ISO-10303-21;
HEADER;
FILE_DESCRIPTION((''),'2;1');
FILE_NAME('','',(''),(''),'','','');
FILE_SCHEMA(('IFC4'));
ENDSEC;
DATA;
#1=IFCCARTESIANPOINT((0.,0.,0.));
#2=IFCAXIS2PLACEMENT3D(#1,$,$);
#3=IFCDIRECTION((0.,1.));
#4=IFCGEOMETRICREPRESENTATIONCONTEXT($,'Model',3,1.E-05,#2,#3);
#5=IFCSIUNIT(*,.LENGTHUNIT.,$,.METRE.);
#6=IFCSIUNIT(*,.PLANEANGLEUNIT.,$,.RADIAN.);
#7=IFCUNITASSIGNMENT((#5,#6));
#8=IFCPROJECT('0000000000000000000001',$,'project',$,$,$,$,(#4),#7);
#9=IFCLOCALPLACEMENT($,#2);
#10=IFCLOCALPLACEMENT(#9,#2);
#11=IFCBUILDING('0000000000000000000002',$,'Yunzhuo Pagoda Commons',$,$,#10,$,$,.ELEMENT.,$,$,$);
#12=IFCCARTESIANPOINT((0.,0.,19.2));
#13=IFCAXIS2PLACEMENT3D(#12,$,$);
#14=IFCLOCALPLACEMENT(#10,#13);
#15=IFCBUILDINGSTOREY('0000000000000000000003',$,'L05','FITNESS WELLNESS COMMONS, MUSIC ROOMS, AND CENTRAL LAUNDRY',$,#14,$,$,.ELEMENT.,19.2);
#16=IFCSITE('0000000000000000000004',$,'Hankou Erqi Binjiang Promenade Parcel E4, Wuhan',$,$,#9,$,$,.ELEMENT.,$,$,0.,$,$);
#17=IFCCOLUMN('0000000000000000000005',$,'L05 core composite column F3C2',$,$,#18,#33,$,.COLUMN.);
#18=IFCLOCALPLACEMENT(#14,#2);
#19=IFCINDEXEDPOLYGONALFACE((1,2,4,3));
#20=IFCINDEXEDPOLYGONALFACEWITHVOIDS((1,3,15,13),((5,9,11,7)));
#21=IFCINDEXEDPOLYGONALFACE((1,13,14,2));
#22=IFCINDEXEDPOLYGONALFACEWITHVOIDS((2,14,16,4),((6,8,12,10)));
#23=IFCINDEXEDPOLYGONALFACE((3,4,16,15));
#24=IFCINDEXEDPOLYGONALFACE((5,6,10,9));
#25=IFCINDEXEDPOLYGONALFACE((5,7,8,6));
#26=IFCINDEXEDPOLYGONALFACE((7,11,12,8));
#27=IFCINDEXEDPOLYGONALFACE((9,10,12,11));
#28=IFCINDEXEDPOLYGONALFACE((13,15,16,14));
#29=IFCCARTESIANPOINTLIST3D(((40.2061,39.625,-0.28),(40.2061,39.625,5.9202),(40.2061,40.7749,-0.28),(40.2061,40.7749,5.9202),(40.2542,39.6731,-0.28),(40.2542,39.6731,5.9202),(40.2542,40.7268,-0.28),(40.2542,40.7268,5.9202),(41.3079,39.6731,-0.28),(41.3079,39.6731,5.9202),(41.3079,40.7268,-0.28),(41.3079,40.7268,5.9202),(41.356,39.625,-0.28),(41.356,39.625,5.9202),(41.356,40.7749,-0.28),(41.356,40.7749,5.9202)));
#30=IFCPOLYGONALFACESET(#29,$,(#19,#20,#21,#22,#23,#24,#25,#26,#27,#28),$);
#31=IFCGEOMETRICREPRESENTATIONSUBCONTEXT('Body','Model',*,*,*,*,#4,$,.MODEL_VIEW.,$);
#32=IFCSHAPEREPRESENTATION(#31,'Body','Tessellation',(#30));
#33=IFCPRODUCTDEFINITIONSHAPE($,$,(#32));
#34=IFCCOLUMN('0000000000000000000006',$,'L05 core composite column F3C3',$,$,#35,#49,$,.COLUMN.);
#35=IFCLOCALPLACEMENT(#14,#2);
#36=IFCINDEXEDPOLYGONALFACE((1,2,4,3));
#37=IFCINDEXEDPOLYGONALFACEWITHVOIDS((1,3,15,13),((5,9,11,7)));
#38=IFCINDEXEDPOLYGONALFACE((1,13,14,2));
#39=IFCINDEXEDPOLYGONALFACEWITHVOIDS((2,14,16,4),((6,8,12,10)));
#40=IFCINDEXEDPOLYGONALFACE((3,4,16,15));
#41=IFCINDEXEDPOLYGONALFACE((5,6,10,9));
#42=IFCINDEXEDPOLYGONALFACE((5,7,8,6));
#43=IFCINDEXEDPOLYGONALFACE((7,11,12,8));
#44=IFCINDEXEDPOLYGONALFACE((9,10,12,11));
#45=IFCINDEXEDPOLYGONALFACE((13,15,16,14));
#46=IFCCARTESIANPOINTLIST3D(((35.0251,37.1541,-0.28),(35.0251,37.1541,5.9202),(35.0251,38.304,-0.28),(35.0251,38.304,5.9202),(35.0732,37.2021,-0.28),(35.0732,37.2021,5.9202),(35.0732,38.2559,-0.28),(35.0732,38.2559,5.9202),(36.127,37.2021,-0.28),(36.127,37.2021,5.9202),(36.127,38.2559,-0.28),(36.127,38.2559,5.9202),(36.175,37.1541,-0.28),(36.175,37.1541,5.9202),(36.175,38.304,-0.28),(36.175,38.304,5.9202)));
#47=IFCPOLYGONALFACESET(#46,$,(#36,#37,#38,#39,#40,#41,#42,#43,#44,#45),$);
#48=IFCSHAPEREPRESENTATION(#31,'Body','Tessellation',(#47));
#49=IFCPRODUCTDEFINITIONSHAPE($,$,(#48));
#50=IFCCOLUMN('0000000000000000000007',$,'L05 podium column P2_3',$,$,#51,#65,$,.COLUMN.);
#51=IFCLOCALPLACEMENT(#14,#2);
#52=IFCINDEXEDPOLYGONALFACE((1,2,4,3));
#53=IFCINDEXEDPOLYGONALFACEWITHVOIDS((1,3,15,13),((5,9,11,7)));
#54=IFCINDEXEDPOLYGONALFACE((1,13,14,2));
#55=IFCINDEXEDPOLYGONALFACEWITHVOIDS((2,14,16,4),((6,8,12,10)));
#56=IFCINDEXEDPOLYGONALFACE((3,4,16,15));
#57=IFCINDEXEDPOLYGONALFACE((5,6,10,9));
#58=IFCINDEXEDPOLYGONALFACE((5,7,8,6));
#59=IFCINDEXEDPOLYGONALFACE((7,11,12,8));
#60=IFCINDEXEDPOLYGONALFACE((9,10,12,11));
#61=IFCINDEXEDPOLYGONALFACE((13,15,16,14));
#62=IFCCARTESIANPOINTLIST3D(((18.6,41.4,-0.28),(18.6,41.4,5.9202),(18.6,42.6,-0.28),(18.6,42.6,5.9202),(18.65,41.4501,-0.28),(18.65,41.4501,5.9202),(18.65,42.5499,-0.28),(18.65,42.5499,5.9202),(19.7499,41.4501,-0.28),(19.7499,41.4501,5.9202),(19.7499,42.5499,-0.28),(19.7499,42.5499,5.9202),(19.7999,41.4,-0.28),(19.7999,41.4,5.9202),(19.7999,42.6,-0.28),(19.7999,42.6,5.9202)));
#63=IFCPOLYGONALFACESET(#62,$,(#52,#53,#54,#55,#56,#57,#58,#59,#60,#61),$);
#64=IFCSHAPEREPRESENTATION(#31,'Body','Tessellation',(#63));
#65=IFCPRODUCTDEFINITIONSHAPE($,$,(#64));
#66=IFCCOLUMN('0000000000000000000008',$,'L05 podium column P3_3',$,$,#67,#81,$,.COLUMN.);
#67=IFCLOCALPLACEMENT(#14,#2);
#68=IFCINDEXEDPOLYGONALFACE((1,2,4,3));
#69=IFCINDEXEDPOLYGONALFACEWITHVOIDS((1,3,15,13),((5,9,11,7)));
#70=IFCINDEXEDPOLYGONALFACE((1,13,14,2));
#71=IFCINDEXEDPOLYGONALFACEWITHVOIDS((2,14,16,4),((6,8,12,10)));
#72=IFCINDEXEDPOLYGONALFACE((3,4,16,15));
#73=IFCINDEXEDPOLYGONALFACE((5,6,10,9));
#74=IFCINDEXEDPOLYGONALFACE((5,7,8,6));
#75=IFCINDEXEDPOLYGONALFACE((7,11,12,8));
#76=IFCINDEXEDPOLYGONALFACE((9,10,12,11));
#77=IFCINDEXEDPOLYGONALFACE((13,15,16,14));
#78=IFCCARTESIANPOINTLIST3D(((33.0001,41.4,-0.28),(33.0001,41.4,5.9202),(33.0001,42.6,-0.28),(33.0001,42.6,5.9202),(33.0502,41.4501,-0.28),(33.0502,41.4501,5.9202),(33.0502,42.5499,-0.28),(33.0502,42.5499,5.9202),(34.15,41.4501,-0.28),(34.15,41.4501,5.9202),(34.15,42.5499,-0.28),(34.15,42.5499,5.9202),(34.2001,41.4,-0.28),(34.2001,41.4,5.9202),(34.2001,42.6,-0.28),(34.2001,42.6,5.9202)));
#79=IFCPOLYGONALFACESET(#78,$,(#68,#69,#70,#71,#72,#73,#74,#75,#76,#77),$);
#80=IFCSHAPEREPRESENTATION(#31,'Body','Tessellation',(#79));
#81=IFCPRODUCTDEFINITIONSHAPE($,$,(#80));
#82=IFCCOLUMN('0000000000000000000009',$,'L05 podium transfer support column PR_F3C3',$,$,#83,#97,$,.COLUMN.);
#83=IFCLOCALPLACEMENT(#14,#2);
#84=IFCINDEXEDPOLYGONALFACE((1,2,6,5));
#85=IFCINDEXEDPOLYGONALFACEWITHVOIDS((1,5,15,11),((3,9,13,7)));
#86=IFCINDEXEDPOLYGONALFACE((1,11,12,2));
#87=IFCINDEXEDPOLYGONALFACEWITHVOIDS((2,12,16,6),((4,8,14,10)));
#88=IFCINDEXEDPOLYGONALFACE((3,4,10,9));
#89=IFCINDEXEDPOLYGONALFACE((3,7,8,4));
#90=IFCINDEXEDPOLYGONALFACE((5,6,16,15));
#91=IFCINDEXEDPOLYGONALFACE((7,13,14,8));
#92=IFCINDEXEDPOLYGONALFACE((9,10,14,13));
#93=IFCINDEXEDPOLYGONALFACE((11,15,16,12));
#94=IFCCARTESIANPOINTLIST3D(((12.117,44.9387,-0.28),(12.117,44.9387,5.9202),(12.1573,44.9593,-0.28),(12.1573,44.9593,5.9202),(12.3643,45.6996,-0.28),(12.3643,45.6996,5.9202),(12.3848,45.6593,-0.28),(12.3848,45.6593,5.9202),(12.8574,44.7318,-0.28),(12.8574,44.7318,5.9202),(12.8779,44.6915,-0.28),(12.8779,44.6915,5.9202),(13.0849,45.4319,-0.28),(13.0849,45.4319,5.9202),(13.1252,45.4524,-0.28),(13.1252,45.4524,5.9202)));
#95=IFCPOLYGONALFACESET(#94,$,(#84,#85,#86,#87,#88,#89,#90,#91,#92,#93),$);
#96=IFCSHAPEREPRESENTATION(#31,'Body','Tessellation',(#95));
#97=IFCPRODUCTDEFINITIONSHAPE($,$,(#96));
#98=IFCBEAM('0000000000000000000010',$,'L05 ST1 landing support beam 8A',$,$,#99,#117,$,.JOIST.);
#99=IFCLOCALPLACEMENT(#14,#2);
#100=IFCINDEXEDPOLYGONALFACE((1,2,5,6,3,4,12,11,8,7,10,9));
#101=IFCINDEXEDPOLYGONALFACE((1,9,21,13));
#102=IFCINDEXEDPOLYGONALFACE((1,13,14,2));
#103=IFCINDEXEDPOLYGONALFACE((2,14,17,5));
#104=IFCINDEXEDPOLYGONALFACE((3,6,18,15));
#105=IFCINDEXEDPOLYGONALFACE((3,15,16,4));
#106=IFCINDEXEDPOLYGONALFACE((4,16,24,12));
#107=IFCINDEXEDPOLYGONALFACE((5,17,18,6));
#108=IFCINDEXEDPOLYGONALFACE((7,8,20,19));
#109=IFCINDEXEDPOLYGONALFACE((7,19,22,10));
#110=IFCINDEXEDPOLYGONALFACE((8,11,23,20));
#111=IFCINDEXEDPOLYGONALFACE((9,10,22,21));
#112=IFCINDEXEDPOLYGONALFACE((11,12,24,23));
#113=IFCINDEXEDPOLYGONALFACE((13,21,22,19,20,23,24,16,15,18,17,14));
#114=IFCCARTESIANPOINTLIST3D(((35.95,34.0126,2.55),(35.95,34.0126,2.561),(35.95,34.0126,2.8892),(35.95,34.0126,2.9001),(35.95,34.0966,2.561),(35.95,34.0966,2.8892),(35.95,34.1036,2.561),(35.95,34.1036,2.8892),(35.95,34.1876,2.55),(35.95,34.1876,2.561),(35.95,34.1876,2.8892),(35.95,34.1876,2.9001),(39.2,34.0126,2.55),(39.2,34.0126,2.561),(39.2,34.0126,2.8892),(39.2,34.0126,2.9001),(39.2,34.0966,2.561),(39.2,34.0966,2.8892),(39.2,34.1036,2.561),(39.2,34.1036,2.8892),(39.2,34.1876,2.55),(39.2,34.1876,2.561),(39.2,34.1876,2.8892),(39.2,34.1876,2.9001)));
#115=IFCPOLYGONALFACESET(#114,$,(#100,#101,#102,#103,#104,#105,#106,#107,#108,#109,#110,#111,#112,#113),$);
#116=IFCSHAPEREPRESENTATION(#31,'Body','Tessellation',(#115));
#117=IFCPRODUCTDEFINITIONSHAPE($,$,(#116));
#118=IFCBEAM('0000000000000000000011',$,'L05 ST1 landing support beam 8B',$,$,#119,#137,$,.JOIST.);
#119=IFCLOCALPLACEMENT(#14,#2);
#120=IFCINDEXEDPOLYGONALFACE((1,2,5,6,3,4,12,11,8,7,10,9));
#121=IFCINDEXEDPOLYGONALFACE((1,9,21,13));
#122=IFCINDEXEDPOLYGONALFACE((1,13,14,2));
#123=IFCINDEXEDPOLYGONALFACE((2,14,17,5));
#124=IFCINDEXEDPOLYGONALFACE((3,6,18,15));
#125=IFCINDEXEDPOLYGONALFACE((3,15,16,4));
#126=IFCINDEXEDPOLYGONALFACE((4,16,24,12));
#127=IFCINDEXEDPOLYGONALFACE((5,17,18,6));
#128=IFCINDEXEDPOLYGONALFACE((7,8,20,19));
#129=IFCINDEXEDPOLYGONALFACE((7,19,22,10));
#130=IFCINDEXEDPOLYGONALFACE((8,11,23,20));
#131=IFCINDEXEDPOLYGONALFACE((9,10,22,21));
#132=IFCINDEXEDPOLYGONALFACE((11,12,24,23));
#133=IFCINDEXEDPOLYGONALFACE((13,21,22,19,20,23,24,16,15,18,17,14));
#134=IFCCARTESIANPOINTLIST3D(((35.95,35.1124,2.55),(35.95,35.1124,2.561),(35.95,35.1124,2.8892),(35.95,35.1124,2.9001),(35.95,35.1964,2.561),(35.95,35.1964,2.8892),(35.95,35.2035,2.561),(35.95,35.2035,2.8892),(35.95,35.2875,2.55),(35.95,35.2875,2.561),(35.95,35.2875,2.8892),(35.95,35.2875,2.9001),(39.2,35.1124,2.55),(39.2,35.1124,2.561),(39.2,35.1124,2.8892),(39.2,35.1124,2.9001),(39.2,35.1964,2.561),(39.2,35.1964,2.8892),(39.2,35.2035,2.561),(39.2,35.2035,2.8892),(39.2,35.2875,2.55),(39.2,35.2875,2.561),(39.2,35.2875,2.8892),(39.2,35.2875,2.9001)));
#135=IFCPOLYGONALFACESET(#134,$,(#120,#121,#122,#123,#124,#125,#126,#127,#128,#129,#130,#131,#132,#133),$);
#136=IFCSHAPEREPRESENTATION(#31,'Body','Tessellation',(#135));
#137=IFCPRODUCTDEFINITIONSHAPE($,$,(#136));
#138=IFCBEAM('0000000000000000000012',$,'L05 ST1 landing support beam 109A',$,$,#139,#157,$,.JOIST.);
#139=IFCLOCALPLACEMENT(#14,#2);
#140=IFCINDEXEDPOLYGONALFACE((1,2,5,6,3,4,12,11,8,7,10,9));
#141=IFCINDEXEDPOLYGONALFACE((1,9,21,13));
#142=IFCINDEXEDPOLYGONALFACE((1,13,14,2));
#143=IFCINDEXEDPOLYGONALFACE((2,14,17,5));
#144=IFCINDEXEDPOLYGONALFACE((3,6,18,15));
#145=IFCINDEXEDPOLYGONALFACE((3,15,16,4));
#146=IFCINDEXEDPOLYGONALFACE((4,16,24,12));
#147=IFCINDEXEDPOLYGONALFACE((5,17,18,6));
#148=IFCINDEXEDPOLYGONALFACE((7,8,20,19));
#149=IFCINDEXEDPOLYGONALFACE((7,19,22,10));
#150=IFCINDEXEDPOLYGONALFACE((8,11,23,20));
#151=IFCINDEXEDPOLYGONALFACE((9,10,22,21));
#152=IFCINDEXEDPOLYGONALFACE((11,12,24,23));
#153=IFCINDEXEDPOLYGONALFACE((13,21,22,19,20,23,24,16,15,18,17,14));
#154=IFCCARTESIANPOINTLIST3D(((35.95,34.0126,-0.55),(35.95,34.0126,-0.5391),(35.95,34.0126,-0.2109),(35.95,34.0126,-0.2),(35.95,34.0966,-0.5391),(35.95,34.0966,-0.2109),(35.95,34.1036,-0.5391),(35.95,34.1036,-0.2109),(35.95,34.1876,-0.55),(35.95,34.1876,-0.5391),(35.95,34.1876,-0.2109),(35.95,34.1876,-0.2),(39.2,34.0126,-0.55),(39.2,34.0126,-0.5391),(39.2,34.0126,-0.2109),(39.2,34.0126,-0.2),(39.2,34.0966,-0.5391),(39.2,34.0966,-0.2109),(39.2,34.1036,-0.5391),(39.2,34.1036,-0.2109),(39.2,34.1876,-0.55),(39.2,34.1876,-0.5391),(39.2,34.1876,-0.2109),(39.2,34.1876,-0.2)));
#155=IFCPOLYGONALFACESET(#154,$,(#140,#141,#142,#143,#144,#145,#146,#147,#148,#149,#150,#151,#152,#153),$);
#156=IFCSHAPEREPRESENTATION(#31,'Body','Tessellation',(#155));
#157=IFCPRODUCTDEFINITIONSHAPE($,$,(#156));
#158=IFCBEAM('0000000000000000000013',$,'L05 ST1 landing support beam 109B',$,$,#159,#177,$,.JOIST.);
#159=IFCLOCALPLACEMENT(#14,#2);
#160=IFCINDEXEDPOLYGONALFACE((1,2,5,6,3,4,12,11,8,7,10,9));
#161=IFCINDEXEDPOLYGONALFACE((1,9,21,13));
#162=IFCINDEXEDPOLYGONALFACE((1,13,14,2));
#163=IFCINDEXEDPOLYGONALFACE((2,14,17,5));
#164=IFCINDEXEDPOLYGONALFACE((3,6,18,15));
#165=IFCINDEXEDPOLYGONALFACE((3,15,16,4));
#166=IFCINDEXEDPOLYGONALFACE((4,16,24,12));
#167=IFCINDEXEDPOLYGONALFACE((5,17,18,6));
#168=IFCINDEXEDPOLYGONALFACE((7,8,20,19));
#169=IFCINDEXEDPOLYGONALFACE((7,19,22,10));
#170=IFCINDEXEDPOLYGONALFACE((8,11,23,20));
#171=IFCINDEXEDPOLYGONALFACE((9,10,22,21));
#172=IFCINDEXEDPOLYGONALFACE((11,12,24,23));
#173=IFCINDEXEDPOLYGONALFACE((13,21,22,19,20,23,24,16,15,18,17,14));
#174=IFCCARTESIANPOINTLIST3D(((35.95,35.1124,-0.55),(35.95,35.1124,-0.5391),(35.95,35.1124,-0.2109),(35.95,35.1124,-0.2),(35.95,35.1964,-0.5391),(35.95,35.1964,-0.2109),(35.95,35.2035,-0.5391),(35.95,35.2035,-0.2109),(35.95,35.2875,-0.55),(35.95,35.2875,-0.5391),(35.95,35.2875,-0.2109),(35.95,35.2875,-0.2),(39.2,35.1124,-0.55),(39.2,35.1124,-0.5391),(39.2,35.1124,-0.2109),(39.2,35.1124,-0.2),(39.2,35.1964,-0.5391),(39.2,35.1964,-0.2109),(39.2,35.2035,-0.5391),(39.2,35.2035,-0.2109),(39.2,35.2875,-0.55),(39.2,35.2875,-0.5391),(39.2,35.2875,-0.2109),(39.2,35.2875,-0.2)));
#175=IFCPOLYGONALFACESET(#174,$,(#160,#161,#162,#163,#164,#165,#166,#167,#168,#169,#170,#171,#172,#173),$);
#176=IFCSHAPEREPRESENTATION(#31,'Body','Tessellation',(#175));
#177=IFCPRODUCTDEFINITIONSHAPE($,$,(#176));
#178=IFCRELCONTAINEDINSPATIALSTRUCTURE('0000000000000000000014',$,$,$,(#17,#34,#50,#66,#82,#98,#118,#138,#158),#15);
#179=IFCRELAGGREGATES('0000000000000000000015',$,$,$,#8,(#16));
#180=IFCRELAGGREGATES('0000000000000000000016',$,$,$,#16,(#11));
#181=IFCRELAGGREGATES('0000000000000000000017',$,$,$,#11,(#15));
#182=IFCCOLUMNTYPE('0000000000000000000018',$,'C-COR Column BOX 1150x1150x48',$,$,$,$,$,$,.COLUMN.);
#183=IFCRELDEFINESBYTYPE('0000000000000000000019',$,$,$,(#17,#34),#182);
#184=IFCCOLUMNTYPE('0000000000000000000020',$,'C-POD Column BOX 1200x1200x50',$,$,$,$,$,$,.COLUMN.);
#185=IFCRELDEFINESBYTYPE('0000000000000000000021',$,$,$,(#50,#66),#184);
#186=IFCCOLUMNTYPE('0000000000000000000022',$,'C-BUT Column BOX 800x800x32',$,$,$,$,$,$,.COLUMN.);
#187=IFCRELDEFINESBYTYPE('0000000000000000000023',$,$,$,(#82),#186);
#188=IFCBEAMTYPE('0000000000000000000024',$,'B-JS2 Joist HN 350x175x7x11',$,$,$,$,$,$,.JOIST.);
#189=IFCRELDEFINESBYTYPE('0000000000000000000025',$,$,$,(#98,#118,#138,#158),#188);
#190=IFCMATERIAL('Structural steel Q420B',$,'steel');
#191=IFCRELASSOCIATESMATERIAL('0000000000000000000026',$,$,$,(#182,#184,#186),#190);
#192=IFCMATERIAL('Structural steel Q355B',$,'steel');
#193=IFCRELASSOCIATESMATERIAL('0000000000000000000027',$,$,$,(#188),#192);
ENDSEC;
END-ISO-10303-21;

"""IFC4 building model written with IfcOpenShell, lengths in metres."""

from ifc_helpers import new_model, si_unit, direction, frame, origin, origin_2d, place, context, subcontext, project, spatial, hollow_rectangle, i_section, extrude, source, transform, mapped, material, material_profile, profile_set, type_object, element, save


model = new_model("IFC4")

# Units and contexts
model_context = context("Model", 3, precision=1e-05, world=origin(), true_north=direction((0.0, 1.0)))
body_context = subcontext(model_context, "Body", "Model", "MODEL_VIEW")
ifc_project = project(units=[si_unit("LENGTHUNIT", "METRE"), si_unit("PLANEANGLEUNIT", "RADIAN")], contexts=[model_context])

# Site, building, storey
site_placement = place(None, origin())
site = spatial("IfcSite", under=ifc_project, at=site_placement, Name="Hankou Erqi Binjiang Promenade Parcel E4, Wuhan", CompositionType="ELEMENT", RefElevation=0.0)
building_placement = place(site_placement, origin())
building = spatial("IfcBuilding", under=site, at=building_placement, Name="Yunzhuo Pagoda Commons", CompositionType="ELEMENT")
storey_placement = place(building_placement, frame((0.0, 0.0, 19.2)))
storey = spatial("IfcBuildingStorey", under=building, at=storey_placement, Name="L05", Description="FITNESS WELLNESS COMMONS, MUSIC ROOMS, AND CENTRAL LAUNDRY", CompositionType="ELEMENT", Elevation=19.2)

# Columns
ifc_material_1 = material(Name="Structural steel Q420B", Category="steel")
ifc_material_profile_1 = material_profile(ifc_material_1, hollow_rectangle(XDim=1.1499, YDim=1.1499, WallThickness=0.0481, at=origin_2d()), Name="Structural steel Q420B")
ifc_profile_set_1 = profile_set([ifc_material_profile_1], Name="Structural steel Q420B")
column_type_1 = type_object("IfcColumnType", Name="C-COR Column BOX 1150x1150x48", PredefinedType="COLUMN", material=ifc_profile_set_1)
shared_shape_1 = source(origin(), body_context, "Body", "SweptSolid", [
    extrude(hollow_rectangle(XDim=1.1499, YDim=1.1499, WallThickness=0.0481, at=origin_2d()), origin(), (0.0, 0.0, 1.0), 6.2002),
])
for number, where, z_axis, x_axis, name in (
    (1, (40.781, 40.2, -0.28), (0.0, 0.0, 1.0), (1.0, 0.0, 0.0), "L05 core composite column F3C2"),
    (2, (35.6001, 37.729, -0.28), (0.0, 0.0, 1.0), (1.0, 0.0, 0.0), "L05 core composite column F3C3"),
):
    element("IfcColumn", number, at=place(storey_placement, frame(where, z_axis=z_axis, x_axis=x_axis)), inside=storey, type_object=column_type_1, Name=name, PredefinedType="COLUMN", context=body_context, shape_type="MappedRepresentation", body=[
        mapped(shared_shape_1, transform((0.0, 0.0, 0.0), scale=1.0)),
    ])
ifc_material_profile_2 = material_profile(ifc_material_1, hollow_rectangle(XDim=1.2, YDim=1.2, WallThickness=0.05, at=origin_2d()), Name="Structural steel Q420B")
ifc_profile_set_2 = profile_set([ifc_material_profile_2], Name="Structural steel Q420B")
column_type_2 = type_object("IfcColumnType", Name="C-POD Column BOX 1200x1200x50", PredefinedType="COLUMN", material=ifc_profile_set_2)
shared_shape_2 = source(origin(), body_context, "Body", "SweptSolid", [
    extrude(hollow_rectangle(XDim=1.2, YDim=1.2, WallThickness=0.05, at=origin_2d()), origin(), (0.0, 0.0, 1.0), 6.2002),
])
for number, where, z_axis, x_axis, name in (
    (3, (19.2, 42.0, -0.28), (0.0, 0.0, 1.0), (1.0, 0.0, 0.0), "L05 podium column P2_3"),
    (4, (33.6001, 42.0, -0.28), (0.0, 0.0, 1.0), (1.0, 0.0, 0.0), "L05 podium column P3_3"),
):
    element("IfcColumn", number, at=place(storey_placement, frame(where, z_axis=z_axis, x_axis=x_axis)), inside=storey, type_object=column_type_2, Name=name, PredefinedType="COLUMN", context=body_context, shape_type="MappedRepresentation", body=[
        mapped(shared_shape_2, transform((0.0, 0.0, 0.0), scale=1.0)),
    ])
ifc_material_profile_3 = material_profile(ifc_material_1, hollow_rectangle(XDim=0.8, YDim=0.8, WallThickness=0.032, at=origin_2d()), Name="Structural steel Q420B")
ifc_profile_set_3 = profile_set([ifc_material_profile_3], Name="Structural steel Q420B")
column_type_3 = type_object("IfcColumnType", Name="C-BUT Column BOX 800x800x32", PredefinedType="COLUMN", material=ifc_profile_set_3)
shared_shape_3 = source(origin(), body_context, "Body", "SweptSolid", [
    extrude(hollow_rectangle(XDim=0.8, YDim=0.8, WallThickness=0.032, at=origin_2d()), origin(), (0.0, 0.0, 1.0), 6.2002),
])
column_placement = place(storey_placement, frame((12.6211, 45.1956, -0.28), z_axis=(0.0, 0.0, 1.0), x_axis=(-0.309017, -0.951057, 0.0)))
element("IfcColumn", 5, at=column_placement, inside=storey, type_object=column_type_3, Name="L05 podium transfer support column PR_F3C3", PredefinedType="COLUMN", context=body_context, shape_type="MappedRepresentation", body=[
    mapped(shared_shape_3, transform((0.0, 0.0, 0.0), scale=1.0)),
])

# Beams
ifc_material_2 = material(Name="Structural steel Q355B", Category="steel")
ifc_material_profile_4 = material_profile(ifc_material_2, i_section(OverallWidth=0.175, OverallDepth=0.3501, WebThickness=0.0071, FlangeThickness=0.011, at=origin_2d()), Name="Structural steel Q355B")
ifc_profile_set_4 = profile_set([ifc_material_profile_4], Name="Structural steel Q355B")
beam_type_1 = type_object("IfcBeamType", Name="B-JS2 Joist HN 350x175x7x11", PredefinedType="JOIST", material=ifc_profile_set_4)
shared_shape_4 = source(origin(), body_context, "Body", "SweptSolid", [
    extrude(i_section(OverallWidth=0.175, OverallDepth=0.3501, WebThickness=0.0071, FlangeThickness=0.011, at=origin_2d()), origin(), (0.0, 0.0, 1.0), 3.25),
])
for number, where, z_axis, x_axis, name in (
    (6, (35.95, 34.1001, 2.7251), (1.0, 0.0, 0.0), (0.0, 1.0, 0.0), "L05 ST1 landing support beam 8A"),
    (7, (35.95, 35.2, 2.7251), (1.0, 0.0, 0.0), (0.0, 1.0, 0.0), "L05 ST1 landing support beam 8B"),
    (8, (35.95, 34.1001, -0.375), (1.0, 0.0, 0.0), (0.0, 1.0, 0.0), "L05 ST1 landing support beam 109A"),
    (9, (35.95, 35.2, -0.375), (1.0, 0.0, 0.0), (0.0, 1.0, 0.0), "L05 ST1 landing support beam 109B"),
):
    element("IfcBeam", number, at=place(storey_placement, frame(where, z_axis=z_axis, x_axis=x_axis)), inside=storey, type_object=beam_type_1, Name=name, PredefinedType="JOIST", context=body_context, shape_type="MappedRepresentation", body=[
        mapped(shared_shape_4, transform((0.0, 0.0, 0.0), scale=1.0)),
    ])

save(model, "model.ifc")
